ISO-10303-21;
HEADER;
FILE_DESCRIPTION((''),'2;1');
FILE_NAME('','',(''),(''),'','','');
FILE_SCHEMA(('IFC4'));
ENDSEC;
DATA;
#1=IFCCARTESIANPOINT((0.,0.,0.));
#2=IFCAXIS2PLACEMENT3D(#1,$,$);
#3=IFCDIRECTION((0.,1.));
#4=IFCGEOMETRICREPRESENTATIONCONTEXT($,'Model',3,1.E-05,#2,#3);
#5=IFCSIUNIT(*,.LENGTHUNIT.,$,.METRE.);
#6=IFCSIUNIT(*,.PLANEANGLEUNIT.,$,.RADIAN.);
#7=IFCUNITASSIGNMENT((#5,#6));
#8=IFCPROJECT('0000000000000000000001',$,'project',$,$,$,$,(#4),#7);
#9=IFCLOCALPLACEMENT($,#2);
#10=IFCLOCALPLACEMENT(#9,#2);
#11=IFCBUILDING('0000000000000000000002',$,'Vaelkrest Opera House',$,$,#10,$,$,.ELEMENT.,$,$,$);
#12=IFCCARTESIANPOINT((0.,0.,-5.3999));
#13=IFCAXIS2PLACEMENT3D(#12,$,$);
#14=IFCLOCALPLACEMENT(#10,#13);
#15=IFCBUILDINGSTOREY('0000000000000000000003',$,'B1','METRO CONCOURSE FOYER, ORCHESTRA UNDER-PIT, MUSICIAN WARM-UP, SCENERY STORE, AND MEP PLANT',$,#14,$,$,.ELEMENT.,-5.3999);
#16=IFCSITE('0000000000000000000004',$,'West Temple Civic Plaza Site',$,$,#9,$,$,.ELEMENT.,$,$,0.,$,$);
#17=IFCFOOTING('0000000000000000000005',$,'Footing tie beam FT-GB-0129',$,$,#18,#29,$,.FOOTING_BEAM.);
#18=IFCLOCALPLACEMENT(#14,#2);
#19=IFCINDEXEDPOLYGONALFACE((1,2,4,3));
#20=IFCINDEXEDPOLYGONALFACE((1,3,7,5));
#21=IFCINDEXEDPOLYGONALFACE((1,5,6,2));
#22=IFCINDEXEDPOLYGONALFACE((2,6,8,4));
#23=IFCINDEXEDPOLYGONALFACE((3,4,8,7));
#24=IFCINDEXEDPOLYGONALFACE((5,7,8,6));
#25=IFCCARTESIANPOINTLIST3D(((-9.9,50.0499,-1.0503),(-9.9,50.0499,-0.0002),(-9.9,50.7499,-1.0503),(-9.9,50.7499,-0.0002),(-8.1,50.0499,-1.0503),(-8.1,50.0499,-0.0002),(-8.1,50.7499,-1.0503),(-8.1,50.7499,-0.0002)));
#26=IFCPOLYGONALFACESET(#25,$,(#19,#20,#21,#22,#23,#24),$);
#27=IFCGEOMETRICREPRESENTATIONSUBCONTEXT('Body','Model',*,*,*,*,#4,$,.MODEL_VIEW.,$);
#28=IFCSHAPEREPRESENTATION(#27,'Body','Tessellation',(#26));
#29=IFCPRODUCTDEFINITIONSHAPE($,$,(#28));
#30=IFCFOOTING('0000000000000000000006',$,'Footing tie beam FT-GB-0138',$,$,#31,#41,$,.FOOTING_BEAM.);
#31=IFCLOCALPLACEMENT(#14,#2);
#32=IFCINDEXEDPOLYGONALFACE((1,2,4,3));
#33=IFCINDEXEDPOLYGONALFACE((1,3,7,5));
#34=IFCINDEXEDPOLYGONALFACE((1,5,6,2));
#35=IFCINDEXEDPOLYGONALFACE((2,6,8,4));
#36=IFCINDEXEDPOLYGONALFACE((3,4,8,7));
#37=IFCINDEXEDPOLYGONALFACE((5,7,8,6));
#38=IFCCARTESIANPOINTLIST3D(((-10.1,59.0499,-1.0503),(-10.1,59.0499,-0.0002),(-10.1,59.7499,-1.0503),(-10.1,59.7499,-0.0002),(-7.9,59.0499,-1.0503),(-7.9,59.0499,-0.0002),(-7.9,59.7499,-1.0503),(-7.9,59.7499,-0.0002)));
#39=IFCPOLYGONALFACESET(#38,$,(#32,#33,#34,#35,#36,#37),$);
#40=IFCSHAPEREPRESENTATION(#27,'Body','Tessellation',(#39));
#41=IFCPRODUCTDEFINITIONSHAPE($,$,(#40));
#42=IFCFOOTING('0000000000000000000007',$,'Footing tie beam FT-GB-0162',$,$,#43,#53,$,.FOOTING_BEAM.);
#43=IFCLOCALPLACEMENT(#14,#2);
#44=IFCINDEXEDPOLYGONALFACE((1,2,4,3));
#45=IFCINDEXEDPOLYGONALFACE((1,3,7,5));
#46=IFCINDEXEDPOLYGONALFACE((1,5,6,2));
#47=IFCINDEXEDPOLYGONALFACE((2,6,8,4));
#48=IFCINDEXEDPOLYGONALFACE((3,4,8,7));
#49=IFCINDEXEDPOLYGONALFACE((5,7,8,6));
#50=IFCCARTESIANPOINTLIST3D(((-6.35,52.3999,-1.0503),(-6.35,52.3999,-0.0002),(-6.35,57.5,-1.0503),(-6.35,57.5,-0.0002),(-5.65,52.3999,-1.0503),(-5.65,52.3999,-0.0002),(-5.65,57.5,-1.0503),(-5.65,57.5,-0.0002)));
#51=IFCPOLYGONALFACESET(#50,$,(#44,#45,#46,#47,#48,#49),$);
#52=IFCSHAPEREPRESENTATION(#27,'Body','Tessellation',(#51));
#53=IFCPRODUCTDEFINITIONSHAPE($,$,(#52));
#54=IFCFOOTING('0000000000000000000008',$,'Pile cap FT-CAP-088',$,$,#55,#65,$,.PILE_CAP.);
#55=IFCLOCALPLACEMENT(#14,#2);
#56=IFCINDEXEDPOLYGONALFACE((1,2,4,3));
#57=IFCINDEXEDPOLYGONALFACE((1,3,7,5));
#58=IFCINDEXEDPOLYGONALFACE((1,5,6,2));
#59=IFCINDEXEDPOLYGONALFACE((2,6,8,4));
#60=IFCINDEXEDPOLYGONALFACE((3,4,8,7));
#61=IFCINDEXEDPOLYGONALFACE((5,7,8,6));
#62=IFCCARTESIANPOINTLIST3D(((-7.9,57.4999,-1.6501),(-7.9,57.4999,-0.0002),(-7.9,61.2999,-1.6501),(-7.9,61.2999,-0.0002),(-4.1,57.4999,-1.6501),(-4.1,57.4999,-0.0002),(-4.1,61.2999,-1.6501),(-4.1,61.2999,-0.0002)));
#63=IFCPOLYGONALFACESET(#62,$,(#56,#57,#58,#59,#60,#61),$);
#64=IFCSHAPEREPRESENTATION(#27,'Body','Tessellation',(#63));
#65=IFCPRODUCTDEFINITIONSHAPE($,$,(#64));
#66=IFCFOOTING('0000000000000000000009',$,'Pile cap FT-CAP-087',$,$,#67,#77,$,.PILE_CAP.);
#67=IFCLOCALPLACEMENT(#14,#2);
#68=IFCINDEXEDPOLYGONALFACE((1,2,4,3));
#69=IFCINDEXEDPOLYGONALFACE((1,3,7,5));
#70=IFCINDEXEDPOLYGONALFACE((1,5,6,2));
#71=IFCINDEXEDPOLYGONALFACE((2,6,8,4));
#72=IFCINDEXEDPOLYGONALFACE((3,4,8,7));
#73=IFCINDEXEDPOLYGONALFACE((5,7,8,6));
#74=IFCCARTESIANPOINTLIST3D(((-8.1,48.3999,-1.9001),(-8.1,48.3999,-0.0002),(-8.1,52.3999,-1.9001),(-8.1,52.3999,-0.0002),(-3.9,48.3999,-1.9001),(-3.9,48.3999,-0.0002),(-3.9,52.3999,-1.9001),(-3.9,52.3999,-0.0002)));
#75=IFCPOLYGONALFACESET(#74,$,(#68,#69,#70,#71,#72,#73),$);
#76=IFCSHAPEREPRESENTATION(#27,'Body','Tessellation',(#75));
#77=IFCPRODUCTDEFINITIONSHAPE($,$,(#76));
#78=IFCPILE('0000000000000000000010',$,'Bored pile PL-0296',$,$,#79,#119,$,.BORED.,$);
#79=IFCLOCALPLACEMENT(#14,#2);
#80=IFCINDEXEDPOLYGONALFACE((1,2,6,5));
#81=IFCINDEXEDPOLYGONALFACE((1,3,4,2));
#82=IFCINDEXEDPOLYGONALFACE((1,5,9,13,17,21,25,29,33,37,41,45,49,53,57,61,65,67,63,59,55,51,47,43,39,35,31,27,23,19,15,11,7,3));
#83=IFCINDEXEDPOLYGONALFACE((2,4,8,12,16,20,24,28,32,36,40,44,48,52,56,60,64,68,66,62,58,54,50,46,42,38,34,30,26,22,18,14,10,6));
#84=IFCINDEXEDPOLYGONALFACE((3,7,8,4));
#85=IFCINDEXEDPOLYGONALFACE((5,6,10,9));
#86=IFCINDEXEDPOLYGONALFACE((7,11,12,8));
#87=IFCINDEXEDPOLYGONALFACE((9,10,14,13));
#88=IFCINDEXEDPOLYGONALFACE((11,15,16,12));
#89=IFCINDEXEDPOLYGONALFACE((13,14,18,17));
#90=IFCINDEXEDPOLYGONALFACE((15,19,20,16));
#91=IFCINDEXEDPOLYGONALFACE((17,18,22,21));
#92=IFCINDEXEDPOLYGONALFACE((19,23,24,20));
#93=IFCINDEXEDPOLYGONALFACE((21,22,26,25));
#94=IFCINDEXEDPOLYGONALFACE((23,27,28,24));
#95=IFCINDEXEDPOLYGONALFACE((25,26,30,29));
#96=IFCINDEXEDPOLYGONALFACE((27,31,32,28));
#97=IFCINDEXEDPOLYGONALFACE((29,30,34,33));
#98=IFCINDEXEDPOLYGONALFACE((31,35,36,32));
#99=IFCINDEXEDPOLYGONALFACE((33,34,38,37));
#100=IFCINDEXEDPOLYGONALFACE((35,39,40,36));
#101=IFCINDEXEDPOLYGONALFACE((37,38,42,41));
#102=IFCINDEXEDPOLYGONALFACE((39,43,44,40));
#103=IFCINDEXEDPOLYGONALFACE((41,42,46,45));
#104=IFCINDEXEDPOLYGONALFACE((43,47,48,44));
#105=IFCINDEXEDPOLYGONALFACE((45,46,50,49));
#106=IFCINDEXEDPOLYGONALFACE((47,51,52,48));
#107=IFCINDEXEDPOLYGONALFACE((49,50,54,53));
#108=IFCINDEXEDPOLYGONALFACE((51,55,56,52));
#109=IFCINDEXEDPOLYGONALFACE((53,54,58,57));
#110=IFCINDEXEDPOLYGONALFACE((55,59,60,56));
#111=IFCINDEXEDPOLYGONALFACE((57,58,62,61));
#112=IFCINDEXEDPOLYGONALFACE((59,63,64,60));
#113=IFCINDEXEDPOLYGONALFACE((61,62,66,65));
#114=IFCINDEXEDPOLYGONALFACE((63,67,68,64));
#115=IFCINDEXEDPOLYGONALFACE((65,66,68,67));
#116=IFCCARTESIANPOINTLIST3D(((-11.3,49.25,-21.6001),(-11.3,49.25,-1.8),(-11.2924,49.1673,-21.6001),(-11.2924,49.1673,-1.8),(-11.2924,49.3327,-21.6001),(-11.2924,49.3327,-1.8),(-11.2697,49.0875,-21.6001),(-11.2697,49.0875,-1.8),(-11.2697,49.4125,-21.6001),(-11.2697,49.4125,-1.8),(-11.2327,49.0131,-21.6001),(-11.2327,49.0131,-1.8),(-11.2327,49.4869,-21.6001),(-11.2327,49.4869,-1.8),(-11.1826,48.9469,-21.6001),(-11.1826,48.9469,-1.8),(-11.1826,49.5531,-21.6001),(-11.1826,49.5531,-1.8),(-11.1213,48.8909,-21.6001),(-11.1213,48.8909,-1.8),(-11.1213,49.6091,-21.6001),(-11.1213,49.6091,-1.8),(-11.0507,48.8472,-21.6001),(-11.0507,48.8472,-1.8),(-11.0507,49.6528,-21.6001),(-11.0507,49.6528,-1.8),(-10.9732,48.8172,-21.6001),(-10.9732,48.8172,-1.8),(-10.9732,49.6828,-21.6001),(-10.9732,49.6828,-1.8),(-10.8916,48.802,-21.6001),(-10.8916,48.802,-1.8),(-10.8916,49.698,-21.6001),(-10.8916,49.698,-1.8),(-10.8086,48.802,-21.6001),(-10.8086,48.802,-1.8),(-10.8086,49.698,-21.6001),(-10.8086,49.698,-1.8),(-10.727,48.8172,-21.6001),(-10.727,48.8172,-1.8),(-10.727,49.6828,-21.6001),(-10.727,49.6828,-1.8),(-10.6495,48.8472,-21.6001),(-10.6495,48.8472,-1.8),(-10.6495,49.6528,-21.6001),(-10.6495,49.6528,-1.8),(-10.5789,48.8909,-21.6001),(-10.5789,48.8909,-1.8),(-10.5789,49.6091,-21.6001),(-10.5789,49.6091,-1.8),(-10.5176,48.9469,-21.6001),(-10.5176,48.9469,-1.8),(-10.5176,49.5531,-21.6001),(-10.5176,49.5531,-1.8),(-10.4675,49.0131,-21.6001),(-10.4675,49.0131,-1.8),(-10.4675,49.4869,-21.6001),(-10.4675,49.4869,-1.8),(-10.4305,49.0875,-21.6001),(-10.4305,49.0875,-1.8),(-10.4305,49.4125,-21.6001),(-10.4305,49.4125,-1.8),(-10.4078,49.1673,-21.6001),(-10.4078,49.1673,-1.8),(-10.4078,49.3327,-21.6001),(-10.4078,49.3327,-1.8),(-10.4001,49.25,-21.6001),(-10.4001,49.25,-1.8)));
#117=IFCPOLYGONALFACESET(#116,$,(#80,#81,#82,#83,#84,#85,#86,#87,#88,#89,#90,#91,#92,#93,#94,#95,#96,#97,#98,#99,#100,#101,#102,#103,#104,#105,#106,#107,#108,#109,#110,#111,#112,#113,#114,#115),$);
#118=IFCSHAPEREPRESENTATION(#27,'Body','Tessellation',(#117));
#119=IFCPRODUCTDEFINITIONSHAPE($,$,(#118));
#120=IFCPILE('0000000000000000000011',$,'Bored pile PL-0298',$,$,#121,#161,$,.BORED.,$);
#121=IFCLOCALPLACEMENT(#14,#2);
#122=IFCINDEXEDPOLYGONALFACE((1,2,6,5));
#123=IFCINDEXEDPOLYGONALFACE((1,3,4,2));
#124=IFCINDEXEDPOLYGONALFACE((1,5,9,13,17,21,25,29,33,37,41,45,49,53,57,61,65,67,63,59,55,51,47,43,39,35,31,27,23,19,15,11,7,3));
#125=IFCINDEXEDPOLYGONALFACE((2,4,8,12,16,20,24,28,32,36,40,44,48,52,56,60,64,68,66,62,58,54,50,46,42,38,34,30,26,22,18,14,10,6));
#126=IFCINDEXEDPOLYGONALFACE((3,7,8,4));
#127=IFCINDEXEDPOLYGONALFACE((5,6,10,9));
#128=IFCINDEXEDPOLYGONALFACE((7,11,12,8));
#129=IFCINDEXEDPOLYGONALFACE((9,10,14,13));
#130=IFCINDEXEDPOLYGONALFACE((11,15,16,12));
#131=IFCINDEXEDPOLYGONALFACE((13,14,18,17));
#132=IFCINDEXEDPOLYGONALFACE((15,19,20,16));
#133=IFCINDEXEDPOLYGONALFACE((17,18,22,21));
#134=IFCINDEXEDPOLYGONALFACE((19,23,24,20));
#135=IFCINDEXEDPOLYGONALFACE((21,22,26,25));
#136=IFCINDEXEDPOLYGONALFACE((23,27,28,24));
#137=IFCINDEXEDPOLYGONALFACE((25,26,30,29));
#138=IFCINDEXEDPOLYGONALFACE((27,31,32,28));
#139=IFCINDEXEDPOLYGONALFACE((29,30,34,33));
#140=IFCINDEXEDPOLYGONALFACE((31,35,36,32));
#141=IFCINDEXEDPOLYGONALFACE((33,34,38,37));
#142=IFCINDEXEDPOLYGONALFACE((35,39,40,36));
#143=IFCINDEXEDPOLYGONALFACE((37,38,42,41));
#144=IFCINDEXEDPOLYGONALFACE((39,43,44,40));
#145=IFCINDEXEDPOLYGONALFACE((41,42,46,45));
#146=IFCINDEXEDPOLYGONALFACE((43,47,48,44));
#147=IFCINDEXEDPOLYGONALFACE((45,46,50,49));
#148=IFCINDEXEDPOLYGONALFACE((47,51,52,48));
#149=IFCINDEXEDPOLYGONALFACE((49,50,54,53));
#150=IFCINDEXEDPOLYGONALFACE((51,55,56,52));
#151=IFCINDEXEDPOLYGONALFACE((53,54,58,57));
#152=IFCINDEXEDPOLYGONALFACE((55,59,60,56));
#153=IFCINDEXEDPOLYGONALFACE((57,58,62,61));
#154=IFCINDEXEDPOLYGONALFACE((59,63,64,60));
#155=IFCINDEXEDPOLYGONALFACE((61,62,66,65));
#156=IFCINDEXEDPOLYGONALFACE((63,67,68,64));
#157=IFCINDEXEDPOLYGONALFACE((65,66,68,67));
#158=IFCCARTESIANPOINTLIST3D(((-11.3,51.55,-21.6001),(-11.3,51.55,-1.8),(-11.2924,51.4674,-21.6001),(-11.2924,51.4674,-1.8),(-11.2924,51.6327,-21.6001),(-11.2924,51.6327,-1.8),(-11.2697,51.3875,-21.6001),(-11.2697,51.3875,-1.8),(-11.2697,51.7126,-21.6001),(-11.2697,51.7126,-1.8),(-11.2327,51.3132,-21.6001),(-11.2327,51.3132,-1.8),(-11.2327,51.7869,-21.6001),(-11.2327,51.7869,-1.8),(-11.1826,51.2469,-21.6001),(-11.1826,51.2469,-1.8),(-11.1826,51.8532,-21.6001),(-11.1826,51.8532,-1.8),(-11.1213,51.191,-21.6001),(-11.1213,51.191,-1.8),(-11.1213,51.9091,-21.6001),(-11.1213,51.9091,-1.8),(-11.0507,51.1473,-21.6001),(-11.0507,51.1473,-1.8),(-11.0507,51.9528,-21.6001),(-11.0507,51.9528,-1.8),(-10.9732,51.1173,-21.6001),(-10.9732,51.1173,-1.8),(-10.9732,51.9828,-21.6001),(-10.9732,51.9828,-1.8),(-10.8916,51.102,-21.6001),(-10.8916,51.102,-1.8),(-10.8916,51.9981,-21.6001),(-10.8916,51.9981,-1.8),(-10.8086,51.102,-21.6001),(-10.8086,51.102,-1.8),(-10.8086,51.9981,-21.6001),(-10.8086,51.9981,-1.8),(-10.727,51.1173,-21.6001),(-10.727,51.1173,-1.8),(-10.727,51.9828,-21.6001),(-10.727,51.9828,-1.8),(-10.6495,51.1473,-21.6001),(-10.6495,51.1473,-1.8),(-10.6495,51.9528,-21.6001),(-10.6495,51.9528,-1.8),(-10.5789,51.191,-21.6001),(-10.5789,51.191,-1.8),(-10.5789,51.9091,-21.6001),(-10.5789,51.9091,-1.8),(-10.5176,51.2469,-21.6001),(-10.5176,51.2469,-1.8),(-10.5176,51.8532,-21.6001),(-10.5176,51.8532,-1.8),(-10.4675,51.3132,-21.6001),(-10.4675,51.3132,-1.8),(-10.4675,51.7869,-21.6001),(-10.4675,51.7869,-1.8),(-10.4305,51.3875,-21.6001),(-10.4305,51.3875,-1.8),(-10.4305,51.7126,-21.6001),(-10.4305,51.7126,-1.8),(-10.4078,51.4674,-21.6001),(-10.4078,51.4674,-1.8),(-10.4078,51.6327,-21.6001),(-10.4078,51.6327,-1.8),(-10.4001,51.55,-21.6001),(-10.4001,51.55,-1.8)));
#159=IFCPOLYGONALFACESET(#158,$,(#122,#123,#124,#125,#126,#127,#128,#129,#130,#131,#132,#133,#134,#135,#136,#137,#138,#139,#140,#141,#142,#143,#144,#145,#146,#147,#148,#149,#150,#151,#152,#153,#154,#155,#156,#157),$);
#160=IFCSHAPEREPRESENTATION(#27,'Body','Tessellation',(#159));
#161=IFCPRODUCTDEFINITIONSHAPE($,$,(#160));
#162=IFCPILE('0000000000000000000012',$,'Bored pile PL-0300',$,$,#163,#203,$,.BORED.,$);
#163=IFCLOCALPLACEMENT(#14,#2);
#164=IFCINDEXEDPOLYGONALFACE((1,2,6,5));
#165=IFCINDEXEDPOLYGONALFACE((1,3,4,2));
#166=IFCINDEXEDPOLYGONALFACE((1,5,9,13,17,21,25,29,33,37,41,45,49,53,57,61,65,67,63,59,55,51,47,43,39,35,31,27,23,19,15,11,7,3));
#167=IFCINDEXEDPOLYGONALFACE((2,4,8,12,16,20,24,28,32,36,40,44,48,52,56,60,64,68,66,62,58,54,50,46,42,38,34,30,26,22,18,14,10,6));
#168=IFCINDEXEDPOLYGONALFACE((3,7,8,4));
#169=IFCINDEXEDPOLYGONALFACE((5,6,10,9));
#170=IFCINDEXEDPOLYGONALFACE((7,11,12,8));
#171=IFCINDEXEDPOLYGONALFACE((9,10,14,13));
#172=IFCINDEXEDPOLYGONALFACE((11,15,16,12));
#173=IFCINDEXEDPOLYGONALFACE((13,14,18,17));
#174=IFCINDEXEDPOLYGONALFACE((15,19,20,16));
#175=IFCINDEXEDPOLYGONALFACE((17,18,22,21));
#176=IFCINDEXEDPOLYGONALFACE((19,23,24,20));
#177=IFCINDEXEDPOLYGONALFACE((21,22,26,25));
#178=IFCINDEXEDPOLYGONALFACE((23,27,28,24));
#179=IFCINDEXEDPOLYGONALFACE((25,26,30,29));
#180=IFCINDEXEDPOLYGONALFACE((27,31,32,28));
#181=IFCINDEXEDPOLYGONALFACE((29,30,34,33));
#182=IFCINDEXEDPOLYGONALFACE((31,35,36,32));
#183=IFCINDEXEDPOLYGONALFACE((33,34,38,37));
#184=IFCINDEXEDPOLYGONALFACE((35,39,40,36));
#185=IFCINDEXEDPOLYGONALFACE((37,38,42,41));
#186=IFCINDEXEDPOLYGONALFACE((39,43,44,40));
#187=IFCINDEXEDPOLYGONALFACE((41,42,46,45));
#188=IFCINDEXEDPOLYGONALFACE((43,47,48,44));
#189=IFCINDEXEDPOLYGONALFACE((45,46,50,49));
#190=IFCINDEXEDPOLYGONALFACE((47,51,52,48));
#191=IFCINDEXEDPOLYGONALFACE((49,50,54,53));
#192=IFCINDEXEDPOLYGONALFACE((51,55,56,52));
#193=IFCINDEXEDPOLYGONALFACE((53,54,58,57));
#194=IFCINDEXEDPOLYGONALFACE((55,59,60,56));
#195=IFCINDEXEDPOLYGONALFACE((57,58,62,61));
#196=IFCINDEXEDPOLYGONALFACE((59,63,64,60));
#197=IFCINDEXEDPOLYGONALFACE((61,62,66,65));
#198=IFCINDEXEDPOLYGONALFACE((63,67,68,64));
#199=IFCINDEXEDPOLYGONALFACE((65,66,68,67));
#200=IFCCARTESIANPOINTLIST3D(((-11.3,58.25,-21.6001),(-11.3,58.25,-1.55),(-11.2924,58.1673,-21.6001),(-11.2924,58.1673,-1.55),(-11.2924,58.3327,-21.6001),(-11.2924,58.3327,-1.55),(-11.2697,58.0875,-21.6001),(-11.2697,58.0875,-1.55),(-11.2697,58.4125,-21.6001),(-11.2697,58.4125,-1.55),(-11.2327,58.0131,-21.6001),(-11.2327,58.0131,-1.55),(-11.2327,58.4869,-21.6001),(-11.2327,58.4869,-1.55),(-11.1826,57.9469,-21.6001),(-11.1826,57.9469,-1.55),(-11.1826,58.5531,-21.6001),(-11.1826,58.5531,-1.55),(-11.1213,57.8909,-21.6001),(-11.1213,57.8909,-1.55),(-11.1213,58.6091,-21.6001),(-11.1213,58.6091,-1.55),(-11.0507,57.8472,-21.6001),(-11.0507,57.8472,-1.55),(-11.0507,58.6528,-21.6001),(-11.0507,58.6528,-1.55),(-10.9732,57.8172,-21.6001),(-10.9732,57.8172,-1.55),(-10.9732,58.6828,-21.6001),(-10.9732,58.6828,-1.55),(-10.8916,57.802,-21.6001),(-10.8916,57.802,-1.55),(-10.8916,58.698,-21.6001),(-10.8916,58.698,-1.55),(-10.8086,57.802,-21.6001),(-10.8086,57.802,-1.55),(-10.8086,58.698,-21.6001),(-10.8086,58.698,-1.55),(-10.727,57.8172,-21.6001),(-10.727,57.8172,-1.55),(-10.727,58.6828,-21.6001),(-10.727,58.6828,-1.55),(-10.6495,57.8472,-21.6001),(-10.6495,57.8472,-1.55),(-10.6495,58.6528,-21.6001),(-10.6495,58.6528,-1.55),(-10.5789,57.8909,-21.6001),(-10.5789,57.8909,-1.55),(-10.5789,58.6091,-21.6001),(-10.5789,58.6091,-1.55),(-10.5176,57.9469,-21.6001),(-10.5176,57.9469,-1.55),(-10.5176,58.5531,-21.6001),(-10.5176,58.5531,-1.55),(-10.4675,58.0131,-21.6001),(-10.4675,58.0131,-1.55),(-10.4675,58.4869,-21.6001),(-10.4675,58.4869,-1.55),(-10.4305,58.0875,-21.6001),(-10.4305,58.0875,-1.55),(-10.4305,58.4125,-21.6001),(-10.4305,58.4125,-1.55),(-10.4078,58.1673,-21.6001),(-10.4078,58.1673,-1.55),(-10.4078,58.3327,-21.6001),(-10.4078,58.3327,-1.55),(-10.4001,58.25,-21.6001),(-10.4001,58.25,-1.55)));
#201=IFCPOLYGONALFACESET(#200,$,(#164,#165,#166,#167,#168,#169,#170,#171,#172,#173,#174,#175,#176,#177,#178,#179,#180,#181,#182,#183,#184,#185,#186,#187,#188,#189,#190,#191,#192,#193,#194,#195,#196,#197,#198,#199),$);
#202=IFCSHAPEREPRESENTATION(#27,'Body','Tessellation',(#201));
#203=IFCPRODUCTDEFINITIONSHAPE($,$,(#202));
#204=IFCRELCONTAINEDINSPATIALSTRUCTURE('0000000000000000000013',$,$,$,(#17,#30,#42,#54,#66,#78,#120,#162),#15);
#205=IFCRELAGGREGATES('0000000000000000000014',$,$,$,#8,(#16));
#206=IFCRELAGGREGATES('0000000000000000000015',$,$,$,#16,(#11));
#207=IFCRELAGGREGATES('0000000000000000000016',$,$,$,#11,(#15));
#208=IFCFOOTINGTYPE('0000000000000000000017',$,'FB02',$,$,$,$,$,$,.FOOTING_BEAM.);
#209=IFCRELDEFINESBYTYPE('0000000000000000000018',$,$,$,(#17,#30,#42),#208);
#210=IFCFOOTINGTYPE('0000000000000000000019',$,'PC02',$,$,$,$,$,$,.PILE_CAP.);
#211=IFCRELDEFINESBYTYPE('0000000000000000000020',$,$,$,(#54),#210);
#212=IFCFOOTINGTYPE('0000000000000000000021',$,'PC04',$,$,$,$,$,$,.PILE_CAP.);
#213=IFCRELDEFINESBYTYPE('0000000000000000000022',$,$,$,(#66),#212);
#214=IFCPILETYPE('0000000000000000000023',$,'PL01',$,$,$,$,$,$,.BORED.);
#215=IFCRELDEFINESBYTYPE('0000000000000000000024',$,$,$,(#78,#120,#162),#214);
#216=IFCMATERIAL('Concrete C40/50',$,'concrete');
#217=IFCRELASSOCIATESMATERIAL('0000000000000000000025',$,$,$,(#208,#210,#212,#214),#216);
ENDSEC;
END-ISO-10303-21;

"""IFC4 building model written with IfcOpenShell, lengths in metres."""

from ifc_helpers import new_model, si_unit, direction, frame, origin, origin_2d, place, context, subcontext, project, spatial, rectangle, circle, extrude, material, material_profile, profile_set, type_object, element, save


model = new_model("IFC4")

# Units and contexts
model_context = context("Model", 3, precision=1e-05, world=origin(), true_north=direction((0.0, 1.0)))
body_context = subcontext(model_context, "Body", "Model", "MODEL_VIEW")
ifc_project = project(units=[si_unit("LENGTHUNIT", "METRE"), si_unit("PLANEANGLEUNIT", "RADIAN")], contexts=[model_context])

# Site, building, storey
site_placement = place(None, origin())
site = spatial("IfcSite", under=ifc_project, at=site_placement, Name="West Temple Civic Plaza Site", CompositionType="ELEMENT", RefElevation=0.0)
building_placement = place(site_placement, origin())
building = spatial("IfcBuilding", under=site, at=building_placement, Name="Vaelkrest Opera House", CompositionType="ELEMENT")
storey_placement = place(building_placement, frame((0.0, 0.0, -5.3999)))
storey = spatial("IfcBuildingStorey", under=building, at=storey_placement, Name="B1", Description="METRO CONCOURSE FOYER, ORCHESTRA UNDER-PIT, MUSICIAN WARM-UP, SCENERY STORE, AND MEP PLANT", CompositionType="ELEMENT", Elevation=-5.3999)

# Footings
ifc_material_1 = material(Name="Concrete C40/50", Category="concrete")
footing_type_1 = type_object("IfcFootingType", Name="FB02", PredefinedType="FOOTING_BEAM", material=ifc_material_1)
footing_1_placement = place(storey_placement, frame((-9.0, 50.3999, -1.0503), z_axis=(0.0, 0.0, 1.0), x_axis=(1.0, 0.0, 0.0)))
element("IfcFooting", 1, at=footing_1_placement, inside=storey, type_object=footing_type_1, Name="Footing tie beam FT-GB-0129", PredefinedType="FOOTING_BEAM", context=body_context, shape_type="SweptSolid", body=[
    extrude(rectangle(XDim=1.8, YDim=0.7, at=origin_2d()), origin(), (0.0, 0.0, 1.0), 1.05),
])
footing_2_placement = place(storey_placement, frame((-9.0, 59.3999, -1.0503), z_axis=(0.0, 0.0, 1.0), x_axis=(1.0, 0.0, 0.0)))
element("IfcFooting", 2, at=footing_2_placement, inside=storey, type_object=footing_type_1, Name="Footing tie beam FT-GB-0138", PredefinedType="FOOTING_BEAM", context=body_context, shape_type="SweptSolid", body=[
    extrude(rectangle(XDim=2.2, YDim=0.7, at=origin_2d()), origin(), (0.0, 0.0, 1.0), 1.05),
])
footing_3_placement = place(storey_placement, frame((-6.0, 54.95, -1.0503), z_axis=(0.0, 0.0, 1.0), x_axis=(0.0, 1.0, 0.0)))
element("IfcFooting", 3, at=footing_3_placement, inside=storey, type_object=footing_type_1, Name="Footing tie beam FT-GB-0162", PredefinedType="FOOTING_BEAM", context=body_context, shape_type="SweptSolid", body=[
    extrude(rectangle(XDim=5.1001, YDim=0.7, at=origin_2d()), origin(), (0.0, 0.0, 1.0), 1.05),
])
footing_type_2 = type_object("IfcFootingType", Name="PC02", PredefinedType="PILE_CAP", material=ifc_material_1)
footing_4_placement = place(storey_placement, frame((-6.0, 59.3999, -1.6501), z_axis=(0.0, 0.0, 1.0), x_axis=(1.0, 0.0, 0.0)))
element("IfcFooting", 4, at=footing_4_placement, inside=storey, type_object=footing_type_2, Name="Pile cap FT-CAP-088", PredefinedType="PILE_CAP", context=body_context, shape_type="SweptSolid", body=[
    extrude(rectangle(XDim=3.8, YDim=3.8, at=origin_2d()), origin(), (0.0, 0.0, 1.0), 1.6499),
])
footing_type_3 = type_object("IfcFootingType", Name="PC04", PredefinedType="PILE_CAP", material=ifc_material_1)
footing_5_placement = place(storey_placement, frame((-6.0, 50.3999, -1.9001), z_axis=(0.0, 0.0, 1.0), x_axis=(1.0, 0.0, 0.0)))
element("IfcFooting", 5, at=footing_5_placement, inside=storey, type_object=footing_type_3, Name="Pile cap FT-CAP-087", PredefinedType="PILE_CAP", context=body_context, shape_type="SweptSolid", body=[
    extrude(rectangle(XDim=4.2, YDim=4.0, at=origin_2d()), origin(), (0.0, 0.0, 1.0), 1.8999),
])

# Piles
ifc_material_profile_1 = material_profile(ifc_material_1, circle(Radius=0.45, at=origin_2d()), Name="PILE900")
ifc_profile_set_1 = profile_set([ifc_material_profile_1], Name="Concrete C40/50")
pile_type = type_object("IfcPileType", Name="PL01", PredefinedType="BORED", material=ifc_profile_set_1)
for number, where, z_axis, x_axis, name in (
    (6, (-10.8501, 49.25, -1.8), (0.0, 0.0, -1.0), (1.0, 0.0, 0.0), "Bored pile PL-0296"),
    (7, (-10.8501, 51.55, -1.8), (0.0, 0.0, -1.0), (1.0, 0.0, 0.0), "Bored pile PL-0298"),
):
    element("IfcPile", number, at=place(storey_placement, frame(where, z_axis=z_axis, x_axis=x_axis)), inside=storey, type_object=pile_type, Name=name, PredefinedType="BORED", context=body_context, shape_type="SweptSolid", body=[
        extrude(circle(Radius=0.45, at=origin_2d()), origin(), (0.0, 0.0, 1.0), 19.8),
    ])
for number, where, z_axis, x_axis, name in (
    (8, (-10.8501, 58.25, -1.55), (0.0, 0.0, -1.0), (1.0, 0.0, 0.0), "Bored pile PL-0300"),
):
    element("IfcPile", number, at=place(storey_placement, frame(where, z_axis=z_axis, x_axis=x_axis)), inside=storey, type_object=pile_type, Name=name, PredefinedType="BORED", context=body_context, shape_type="SweptSolid", body=[
        extrude(circle(Radius=0.45, at=origin_2d()), origin(), (0.0, 0.0, 1.0), 20.05),
    ])

save(model, "model.ifc")
